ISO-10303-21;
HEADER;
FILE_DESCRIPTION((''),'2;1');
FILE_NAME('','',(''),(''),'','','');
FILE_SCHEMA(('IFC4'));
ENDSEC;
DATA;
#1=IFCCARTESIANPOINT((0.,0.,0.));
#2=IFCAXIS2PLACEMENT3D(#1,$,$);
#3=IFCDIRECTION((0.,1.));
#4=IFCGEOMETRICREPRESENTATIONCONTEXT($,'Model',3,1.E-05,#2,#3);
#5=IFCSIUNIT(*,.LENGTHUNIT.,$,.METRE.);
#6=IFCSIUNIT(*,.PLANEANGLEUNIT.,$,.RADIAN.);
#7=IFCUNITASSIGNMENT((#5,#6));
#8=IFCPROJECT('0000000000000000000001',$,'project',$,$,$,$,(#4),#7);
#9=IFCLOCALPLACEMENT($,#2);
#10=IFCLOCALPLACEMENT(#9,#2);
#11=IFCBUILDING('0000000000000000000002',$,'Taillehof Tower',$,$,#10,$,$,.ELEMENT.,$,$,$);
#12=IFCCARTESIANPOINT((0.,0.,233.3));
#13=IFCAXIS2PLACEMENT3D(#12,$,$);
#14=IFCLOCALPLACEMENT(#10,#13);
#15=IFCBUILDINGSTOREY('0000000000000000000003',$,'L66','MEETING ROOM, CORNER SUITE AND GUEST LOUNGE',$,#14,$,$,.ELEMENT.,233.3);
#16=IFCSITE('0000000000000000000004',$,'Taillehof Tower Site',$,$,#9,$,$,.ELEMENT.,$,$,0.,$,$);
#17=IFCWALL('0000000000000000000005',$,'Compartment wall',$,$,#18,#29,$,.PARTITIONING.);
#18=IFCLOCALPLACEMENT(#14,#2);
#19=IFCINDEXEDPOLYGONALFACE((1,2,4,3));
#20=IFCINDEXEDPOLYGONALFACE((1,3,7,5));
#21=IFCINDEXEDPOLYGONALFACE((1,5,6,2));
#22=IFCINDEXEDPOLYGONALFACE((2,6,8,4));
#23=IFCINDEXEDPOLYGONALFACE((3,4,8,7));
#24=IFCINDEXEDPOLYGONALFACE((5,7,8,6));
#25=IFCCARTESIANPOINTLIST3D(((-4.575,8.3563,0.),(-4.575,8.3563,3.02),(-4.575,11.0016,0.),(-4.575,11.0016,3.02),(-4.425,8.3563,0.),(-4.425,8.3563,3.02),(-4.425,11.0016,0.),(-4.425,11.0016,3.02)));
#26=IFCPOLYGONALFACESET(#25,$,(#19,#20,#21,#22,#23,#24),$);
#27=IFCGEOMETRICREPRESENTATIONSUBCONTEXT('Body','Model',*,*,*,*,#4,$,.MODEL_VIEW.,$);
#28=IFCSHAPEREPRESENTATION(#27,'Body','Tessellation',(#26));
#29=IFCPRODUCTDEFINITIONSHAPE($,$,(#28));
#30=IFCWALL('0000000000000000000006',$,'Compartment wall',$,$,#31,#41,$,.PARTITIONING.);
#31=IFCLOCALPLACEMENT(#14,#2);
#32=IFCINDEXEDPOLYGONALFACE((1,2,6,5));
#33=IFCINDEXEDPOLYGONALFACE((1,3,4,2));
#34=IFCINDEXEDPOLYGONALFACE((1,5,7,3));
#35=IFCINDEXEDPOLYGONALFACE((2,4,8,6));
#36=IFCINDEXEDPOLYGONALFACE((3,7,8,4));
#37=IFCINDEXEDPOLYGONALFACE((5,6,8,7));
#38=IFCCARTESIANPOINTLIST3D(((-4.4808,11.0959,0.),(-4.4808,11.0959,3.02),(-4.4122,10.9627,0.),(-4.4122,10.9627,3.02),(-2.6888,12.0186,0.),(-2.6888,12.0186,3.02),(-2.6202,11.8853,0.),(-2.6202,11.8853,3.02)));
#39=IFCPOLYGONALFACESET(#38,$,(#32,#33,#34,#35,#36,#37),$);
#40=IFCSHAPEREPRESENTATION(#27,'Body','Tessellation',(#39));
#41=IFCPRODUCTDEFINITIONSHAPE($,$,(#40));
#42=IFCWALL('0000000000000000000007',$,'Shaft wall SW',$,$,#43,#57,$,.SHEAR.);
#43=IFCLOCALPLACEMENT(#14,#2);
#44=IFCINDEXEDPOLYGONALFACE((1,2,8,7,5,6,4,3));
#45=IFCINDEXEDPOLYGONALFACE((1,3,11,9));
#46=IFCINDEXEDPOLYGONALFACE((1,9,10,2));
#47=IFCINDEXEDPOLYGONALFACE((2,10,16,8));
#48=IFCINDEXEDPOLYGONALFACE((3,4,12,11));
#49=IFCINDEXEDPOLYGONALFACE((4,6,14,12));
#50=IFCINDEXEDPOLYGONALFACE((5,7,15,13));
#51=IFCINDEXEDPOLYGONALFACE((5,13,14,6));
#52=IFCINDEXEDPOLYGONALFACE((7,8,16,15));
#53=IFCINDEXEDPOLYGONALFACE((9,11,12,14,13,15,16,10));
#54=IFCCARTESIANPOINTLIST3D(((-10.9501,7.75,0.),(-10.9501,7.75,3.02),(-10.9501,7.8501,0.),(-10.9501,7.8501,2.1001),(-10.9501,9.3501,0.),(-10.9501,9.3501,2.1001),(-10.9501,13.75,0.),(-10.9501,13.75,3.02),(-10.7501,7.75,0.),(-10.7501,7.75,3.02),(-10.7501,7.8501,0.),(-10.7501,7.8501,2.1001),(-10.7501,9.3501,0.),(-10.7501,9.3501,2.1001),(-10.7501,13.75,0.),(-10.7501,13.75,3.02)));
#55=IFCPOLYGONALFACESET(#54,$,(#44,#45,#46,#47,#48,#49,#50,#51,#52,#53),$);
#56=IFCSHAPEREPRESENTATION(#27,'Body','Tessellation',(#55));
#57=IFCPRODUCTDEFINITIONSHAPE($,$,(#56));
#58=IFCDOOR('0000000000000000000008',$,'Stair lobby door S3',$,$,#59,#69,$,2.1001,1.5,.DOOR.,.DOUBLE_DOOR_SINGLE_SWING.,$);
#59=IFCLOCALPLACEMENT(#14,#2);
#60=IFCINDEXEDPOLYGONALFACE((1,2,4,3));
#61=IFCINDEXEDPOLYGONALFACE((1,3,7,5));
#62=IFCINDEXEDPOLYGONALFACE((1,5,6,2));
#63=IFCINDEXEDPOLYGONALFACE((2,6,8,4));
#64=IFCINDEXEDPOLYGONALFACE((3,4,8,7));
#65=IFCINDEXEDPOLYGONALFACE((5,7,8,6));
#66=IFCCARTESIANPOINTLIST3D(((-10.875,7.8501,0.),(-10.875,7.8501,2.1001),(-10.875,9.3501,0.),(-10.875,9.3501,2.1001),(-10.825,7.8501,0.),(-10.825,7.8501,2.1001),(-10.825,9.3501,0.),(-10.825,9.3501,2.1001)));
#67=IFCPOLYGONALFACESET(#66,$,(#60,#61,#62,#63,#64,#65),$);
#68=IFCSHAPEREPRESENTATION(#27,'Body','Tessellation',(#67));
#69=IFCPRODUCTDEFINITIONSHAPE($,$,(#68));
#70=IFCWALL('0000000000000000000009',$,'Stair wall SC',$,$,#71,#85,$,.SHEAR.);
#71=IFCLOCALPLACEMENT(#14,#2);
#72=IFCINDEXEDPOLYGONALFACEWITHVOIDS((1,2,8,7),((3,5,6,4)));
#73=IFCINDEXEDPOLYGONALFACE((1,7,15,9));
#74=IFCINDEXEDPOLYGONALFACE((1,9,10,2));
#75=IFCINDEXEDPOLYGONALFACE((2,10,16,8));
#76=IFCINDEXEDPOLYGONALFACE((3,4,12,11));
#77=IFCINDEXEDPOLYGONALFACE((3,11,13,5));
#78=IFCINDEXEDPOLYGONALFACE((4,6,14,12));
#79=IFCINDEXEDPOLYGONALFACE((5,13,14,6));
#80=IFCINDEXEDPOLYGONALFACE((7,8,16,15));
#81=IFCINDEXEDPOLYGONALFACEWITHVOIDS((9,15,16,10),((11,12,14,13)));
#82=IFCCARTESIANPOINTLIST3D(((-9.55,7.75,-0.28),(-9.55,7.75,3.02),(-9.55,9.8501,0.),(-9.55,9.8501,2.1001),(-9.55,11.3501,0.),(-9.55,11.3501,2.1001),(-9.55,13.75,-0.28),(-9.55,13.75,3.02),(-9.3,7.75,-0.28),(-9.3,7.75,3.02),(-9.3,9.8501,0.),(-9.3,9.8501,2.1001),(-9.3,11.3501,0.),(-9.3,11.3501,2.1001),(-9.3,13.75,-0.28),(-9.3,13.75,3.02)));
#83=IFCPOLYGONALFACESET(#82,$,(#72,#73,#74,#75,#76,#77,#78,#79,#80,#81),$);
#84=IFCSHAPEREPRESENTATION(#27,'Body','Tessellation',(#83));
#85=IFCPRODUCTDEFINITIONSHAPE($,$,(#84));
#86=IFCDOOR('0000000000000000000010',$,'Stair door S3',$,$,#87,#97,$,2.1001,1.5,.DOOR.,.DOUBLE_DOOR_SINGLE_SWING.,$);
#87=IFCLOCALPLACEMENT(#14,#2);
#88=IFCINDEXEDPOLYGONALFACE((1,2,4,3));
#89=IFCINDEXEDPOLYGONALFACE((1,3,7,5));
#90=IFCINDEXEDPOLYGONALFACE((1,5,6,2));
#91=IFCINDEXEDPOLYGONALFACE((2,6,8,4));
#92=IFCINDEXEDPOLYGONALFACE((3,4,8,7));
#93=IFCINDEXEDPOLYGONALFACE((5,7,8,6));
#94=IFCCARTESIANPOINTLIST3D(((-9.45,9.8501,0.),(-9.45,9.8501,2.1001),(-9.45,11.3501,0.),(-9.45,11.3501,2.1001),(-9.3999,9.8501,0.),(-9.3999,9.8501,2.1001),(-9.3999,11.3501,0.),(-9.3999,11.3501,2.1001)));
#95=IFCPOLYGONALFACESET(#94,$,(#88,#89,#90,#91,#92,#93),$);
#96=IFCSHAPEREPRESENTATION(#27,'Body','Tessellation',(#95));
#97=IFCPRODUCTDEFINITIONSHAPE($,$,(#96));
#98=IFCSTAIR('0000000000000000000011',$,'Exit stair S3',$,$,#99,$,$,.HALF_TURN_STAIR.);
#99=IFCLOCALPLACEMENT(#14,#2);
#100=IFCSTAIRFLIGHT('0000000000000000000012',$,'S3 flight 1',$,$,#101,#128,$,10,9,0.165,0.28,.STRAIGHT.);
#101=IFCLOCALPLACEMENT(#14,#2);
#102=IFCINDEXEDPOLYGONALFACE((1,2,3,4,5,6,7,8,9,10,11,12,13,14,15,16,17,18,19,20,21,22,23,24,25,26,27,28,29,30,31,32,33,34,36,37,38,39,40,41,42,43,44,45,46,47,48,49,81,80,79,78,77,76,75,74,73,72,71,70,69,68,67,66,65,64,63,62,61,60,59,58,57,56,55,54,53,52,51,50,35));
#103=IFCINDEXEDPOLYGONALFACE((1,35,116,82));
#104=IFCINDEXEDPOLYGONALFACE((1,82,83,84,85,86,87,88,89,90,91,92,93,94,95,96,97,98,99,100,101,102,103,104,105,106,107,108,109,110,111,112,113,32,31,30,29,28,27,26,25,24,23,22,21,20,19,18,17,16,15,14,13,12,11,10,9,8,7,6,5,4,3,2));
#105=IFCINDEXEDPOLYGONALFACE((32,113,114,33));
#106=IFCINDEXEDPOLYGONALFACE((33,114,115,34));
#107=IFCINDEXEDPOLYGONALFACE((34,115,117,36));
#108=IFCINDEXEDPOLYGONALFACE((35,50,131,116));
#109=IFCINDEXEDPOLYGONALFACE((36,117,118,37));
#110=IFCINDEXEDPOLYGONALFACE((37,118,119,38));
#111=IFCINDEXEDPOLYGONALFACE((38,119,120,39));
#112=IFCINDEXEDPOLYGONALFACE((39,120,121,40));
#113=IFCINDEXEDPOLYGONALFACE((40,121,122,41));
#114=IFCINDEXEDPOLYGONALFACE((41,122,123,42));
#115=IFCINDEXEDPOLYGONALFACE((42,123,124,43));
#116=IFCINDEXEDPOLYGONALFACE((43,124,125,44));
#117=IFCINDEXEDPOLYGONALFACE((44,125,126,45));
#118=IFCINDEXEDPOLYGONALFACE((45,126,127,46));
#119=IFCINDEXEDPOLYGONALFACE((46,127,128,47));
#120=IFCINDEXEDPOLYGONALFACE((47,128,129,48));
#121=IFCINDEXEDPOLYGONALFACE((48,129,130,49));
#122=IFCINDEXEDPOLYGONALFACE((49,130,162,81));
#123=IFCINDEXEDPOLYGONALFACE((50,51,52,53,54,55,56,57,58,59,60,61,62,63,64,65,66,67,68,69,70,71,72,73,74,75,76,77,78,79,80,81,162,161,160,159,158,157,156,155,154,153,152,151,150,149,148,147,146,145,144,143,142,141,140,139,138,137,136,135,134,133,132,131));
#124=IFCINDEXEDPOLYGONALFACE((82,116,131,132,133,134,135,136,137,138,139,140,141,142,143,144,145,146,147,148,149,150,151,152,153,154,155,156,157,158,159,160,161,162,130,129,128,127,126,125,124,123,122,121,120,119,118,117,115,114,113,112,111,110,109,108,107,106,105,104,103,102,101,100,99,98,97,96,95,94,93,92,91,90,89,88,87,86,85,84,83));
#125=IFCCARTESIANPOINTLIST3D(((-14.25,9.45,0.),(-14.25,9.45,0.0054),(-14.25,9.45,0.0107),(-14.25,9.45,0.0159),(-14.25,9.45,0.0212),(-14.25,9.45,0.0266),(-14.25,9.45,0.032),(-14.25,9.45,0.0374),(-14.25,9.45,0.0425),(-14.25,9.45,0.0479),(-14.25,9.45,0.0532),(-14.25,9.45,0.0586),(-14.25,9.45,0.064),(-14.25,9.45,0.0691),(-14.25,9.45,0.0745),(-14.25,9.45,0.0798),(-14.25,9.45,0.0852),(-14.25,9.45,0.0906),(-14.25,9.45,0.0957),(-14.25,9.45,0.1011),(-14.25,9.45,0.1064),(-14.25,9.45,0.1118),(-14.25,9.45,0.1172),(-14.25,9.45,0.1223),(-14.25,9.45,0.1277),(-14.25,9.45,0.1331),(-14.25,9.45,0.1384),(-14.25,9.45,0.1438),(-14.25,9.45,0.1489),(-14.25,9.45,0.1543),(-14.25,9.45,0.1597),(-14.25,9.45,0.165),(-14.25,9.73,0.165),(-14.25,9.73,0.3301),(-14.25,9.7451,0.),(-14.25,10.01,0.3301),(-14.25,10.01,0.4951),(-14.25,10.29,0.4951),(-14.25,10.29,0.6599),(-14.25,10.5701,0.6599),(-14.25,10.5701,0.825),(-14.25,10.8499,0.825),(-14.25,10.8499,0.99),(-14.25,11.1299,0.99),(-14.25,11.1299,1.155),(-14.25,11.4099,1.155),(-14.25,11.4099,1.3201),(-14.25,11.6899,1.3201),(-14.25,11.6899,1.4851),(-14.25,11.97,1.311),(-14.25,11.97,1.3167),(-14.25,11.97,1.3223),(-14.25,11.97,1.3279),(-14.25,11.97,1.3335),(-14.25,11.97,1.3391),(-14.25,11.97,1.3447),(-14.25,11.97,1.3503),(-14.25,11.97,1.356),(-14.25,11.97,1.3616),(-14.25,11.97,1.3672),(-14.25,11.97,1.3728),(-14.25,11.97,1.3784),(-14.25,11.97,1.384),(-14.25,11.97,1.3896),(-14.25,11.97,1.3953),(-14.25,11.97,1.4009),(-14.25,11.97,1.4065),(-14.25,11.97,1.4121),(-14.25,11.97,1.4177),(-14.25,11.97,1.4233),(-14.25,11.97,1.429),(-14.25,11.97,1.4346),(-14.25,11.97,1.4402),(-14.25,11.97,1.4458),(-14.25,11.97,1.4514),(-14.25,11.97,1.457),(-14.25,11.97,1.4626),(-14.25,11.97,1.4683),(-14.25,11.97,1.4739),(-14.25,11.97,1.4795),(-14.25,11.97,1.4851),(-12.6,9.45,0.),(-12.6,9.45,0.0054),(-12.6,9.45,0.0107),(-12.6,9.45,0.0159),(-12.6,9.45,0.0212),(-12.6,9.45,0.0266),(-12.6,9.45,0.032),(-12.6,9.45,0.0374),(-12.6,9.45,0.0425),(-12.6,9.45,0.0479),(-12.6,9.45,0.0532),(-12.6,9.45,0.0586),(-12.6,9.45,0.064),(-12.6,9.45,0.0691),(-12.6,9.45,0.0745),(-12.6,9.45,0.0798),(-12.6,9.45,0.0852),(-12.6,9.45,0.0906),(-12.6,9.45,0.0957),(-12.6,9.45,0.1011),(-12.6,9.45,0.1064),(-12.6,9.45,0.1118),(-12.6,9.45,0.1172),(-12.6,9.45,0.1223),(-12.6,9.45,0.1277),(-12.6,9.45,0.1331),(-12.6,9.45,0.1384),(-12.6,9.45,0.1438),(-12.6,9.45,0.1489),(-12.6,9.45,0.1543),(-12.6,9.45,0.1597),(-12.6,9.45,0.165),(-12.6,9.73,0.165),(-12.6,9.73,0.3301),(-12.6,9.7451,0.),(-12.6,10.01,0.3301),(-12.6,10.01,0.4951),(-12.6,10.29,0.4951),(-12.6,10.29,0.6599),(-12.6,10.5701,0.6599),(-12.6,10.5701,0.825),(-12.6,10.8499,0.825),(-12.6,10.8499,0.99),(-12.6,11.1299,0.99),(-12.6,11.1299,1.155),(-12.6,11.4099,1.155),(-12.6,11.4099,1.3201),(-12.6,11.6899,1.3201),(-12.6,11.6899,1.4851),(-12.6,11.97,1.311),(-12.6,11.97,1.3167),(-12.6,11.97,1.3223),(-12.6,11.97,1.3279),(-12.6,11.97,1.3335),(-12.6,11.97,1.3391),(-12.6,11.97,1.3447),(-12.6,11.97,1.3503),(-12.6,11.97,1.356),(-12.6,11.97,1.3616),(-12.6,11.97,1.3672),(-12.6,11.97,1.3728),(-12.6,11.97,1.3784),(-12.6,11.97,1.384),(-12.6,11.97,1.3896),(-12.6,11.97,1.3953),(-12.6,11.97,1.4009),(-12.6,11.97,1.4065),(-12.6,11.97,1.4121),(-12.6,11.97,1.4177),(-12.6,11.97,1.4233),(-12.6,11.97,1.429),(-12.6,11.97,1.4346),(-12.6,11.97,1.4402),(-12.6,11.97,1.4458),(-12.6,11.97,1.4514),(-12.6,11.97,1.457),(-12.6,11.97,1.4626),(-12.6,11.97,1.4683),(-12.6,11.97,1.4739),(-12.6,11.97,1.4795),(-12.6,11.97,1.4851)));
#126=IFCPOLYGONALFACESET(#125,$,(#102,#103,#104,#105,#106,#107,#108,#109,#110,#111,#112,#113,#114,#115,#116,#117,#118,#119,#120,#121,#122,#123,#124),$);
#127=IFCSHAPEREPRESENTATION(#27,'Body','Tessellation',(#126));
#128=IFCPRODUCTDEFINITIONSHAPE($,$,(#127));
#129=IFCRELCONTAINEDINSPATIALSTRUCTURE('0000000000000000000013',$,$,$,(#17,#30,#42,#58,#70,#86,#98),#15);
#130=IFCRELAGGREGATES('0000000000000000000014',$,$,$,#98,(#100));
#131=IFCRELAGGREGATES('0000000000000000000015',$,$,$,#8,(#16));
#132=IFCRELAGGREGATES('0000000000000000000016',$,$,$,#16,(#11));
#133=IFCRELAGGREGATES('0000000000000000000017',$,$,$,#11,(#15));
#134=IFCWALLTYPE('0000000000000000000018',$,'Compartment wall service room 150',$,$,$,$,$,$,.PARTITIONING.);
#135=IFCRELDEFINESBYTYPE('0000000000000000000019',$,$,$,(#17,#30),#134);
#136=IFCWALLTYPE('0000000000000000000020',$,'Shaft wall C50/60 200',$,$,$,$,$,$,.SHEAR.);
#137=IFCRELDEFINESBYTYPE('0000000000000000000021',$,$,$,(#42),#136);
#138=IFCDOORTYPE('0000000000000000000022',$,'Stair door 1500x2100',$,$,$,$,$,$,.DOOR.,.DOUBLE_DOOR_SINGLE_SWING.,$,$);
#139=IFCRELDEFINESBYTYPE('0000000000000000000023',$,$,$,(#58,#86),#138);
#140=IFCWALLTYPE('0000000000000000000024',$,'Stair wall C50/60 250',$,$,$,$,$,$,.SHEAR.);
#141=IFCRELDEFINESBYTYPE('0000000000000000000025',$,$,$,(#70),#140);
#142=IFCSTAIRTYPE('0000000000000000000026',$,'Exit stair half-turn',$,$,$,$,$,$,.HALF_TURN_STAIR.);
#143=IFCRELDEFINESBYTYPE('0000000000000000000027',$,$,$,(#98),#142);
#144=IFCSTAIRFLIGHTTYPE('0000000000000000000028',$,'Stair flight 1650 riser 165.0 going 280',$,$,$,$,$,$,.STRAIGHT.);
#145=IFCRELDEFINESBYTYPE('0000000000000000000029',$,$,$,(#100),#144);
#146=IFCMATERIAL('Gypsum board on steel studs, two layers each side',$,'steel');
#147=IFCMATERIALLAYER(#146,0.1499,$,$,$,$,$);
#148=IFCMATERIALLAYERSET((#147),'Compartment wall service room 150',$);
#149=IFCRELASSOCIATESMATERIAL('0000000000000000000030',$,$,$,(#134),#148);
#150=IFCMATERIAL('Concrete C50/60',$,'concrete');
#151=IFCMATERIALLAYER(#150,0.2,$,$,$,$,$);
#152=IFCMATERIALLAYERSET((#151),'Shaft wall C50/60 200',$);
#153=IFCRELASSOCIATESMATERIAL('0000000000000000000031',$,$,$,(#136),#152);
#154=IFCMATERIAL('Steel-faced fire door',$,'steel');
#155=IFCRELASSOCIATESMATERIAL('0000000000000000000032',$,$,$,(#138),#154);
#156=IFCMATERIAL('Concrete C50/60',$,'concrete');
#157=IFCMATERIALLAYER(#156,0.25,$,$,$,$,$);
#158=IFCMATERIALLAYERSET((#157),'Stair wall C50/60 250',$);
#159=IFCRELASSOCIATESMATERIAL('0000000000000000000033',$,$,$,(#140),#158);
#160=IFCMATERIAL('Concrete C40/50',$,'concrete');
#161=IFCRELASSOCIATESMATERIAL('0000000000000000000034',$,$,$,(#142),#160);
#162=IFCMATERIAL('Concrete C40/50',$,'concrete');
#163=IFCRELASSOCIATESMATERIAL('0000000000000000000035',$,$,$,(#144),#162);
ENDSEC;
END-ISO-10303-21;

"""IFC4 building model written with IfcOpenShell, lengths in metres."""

from ifc_helpers import new_model, si_unit, direction, frame, frame_2d, origin, place, context, subcontext, project, spatial, polyline, rectangle, outline, extrude, material, layer, layer_set, type_object, element, fill, aggregate, save


model = new_model("IFC4")

# Units and contexts
model_context = context("Model", 3, precision=1e-05, world=origin(), true_north=direction((0.0, 1.0)))
body_context = subcontext(model_context, "Body", "Model", "MODEL_VIEW")
ifc_project = project(units=[si_unit("LENGTHUNIT", "METRE"), si_unit("PLANEANGLEUNIT", "RADIAN")], contexts=[model_context])

# Site, building, storey
site_placement = place(None, origin())
site = spatial("IfcSite", under=ifc_project, at=site_placement, Name="Taillehof Tower Site", CompositionType="ELEMENT", RefElevation=0.0)
building_placement = place(site_placement, origin())
building = spatial("IfcBuilding", under=site, at=building_placement, Name="Taillehof Tower", CompositionType="ELEMENT")
storey_placement = place(building_placement, frame((0.0, 0.0, 233.3)))
storey = spatial("IfcBuildingStorey", under=building, at=storey_placement, Name="L66", Description="MEETING ROOM, CORNER SUITE AND GUEST LOUNGE", CompositionType="ELEMENT", Elevation=233.3)

# Shared definitions
ifc_material_1 = material(Name="Gypsum board on steel studs, two layers each side", Category="steel")
ifc_layer_1 = layer(ifc_material_1, 0.1499)
ifc_layer_set_1 = layer_set([ifc_layer_1], Name="Compartment wall service room 150")
wall_type_1 = type_object("IfcWallType", Name="Compartment wall service room 150", PredefinedType="PARTITIONING", material=ifc_layer_set_1)

# Walls
wall_1_placement = place(storey_placement, frame((-4.5, 8.3562, 0.0), z_axis=(0.0, 0.0, 1.0), x_axis=(0.0, 1.0, 0.0)))
element("IfcWall", 1, at=wall_1_placement, inside=storey, type_object=wall_type_1, Name="Compartment wall", PredefinedType="PARTITIONING", context=body_context, shape_type="SweptSolid", body=[
    extrude(rectangle(XDim=2.6453, YDim=0.1499, at=frame_2d((1.3228, 0.0))), origin(), (0.0, 0.0, 1.0), 3.02),
])
wall_2_placement = place(storey_placement, frame((-4.4465, 11.0293, 0.0), z_axis=(0.0, 0.0, 1.0), x_axis=(0.889084, 0.457745, 0.0)))
element("IfcWall", 2, at=wall_2_placement, inside=storey, type_object=wall_type_1, Name="Compartment wall", PredefinedType="PARTITIONING", context=body_context, shape_type="SweptSolid", body=[
    extrude(rectangle(XDim=2.0156, YDim=0.1499, at=frame_2d((1.0078, 0.0))), origin(), (0.0, 0.0, 1.0), 3.02),
])

# Walls, openings, doors
ifc_material_2 = material(Name="Concrete C50/60", Category="concrete")
ifc_layer_2 = layer(ifc_material_2, 0.2)
ifc_layer_set_2 = layer_set([ifc_layer_2], Name="Shaft wall C50/60 200")
wall_type_2 = type_object("IfcWallType", Name="Shaft wall C50/60 200", PredefinedType="SHEAR", material=ifc_layer_set_2)
wall_3_placement = place(storey_placement, frame((-10.8501, 7.75, 0.0), z_axis=(0.0, 0.0, 1.0), x_axis=(0.0, 1.0, 0.0)))
wall_3 = element("IfcWall", 3, at=wall_3_placement, inside=storey, type_object=wall_type_2, Name="Shaft wall SW", PredefinedType="SHEAR", context=body_context, shape_type="SweptSolid", body=[
    extrude(rectangle(XDim=6.0, YDim=0.2, at=frame_2d((3.0, 0.0))), origin(), (0.0, 0.0, 1.0), 3.02),
])
opening_1_placement = place(wall_3_placement, frame((0.1001, 0.0, 0.0)))
opening_1 = element("IfcOpeningElement", 4, at=opening_1_placement, cuts=wall_3, PredefinedType="OPENING", context=body_context, shape_type="SweptSolid", body=[
    extrude(rectangle(XDim=1.5, YDim=2.1001, at=frame_2d((0.75, 1.05))), frame((0.0, 0.1099, 0.0), z_axis=(0.0, -1.0, 0.0), x_axis=(1.0, 0.0, 0.0)), (0.0, 0.0, 1.0), 0.22),
])
ifc_material_3 = material(Name="Steel-faced fire door", Category="steel")
door_type_1 = type_object("IfcDoorType", Name="Stair door 1500x2100", OperationType="DOUBLE_DOOR_SINGLE_SWING", PredefinedType="DOOR", material=ifc_material_3)
door_1_placement = place(opening_1_placement, origin())
door_1 = element("IfcDoor", 5, at=door_1_placement, inside=storey, type_object=door_type_1, Name="Stair lobby door S3", OperationType="DOUBLE_DOOR_SINGLE_SWING", OverallHeight=2.1001, OverallWidth=1.5, PredefinedType="DOOR", context=body_context, shape_type="SweptSolid", body=[
    extrude(rectangle(XDim=1.5, YDim=2.1001, at=frame_2d((0.75, 1.05))), frame((0.0, 0.0249, 0.0), z_axis=(0.0, -1.0, 0.0), x_axis=(1.0, 0.0, 0.0)), (0.0, 0.0, 1.0), 0.05),
])
fill(opening_1, door_1)
ifc_material_4 = material(Name="Concrete C50/60", Category="concrete")
ifc_layer_3 = layer(ifc_material_4, 0.25)
ifc_layer_set_3 = layer_set([ifc_layer_3], Name="Stair wall C50/60 250")
wall_type_3 = type_object("IfcWallType", Name="Stair wall C50/60 250", PredefinedType="SHEAR", material=ifc_layer_set_3)
wall_4_placement = place(storey_placement, frame((-9.425, 7.75, -0.28), z_axis=(0.0, 0.0, 1.0), x_axis=(0.0, 1.0, 0.0)))
wall_4 = element("IfcWall", 6, at=wall_4_placement, inside=storey, type_object=wall_type_3, Name="Stair wall SC", PredefinedType="SHEAR", context=body_context, shape_type="SweptSolid", body=[
    extrude(rectangle(XDim=6.0, YDim=0.25, at=frame_2d((3.0, 0.0))), origin(), (0.0, 0.0, 1.0), 3.3),
])
opening_2_placement = place(wall_4_placement, frame((2.1001, 0.0, 0.28)))
opening_2 = element("IfcOpeningElement", 7, at=opening_2_placement, cuts=wall_4, PredefinedType="OPENING", context=body_context, shape_type="SweptSolid", body=[
    extrude(rectangle(XDim=1.5, YDim=2.1001, at=frame_2d((0.75, 1.05))), frame((0.0, 0.135, 0.0), z_axis=(0.0, -1.0, 0.0), x_axis=(1.0, 0.0, 0.0)), (0.0, 0.0, 1.0), 0.27),
])
door_2_placement = place(opening_2_placement, origin())
door_2 = element("IfcDoor", 8, at=door_2_placement, inside=storey, type_object=door_type_1, Name="Stair door S3", OperationType="DOUBLE_DOOR_SINGLE_SWING", OverallHeight=2.1001, OverallWidth=1.5, PredefinedType="DOOR", context=body_context, shape_type="SweptSolid", body=[
    extrude(rectangle(XDim=1.5, YDim=2.1001, at=frame_2d((0.75, 1.05))), frame((0.0, 0.0249, 0.0), z_axis=(0.0, -1.0, 0.0), x_axis=(1.0, 0.0, 0.0)), (0.0, 0.0, 1.0), 0.05),
])
fill(opening_2, door_2)

# Stair, stair flight
ifc_material_5 = material(Name="Concrete C40/50", Category="concrete")
stair_type = type_object("IfcStairType", Name="Exit stair half-turn", PredefinedType="HALF_TURN_STAIR", material=ifc_material_5)
stair_placement = place(storey_placement, origin())
stair = element("IfcStair", 9, at=stair_placement, inside=storey, type_object=stair_type, Name="Exit stair S3", PredefinedType="HALF_TURN_STAIR")
ifc_material_6 = material(Name="Concrete C40/50", Category="concrete")
stair_flight_type = type_object("IfcStairFlightType", Name="Stair flight 1650 riser 165.0 going 280", PredefinedType="STRAIGHT", material=ifc_material_6)
stair_flight_1_placement = place(storey_placement, frame((-13.425, 9.45, 0.0), z_axis=(0.0, 0.0, 1.0), x_axis=(0.0, 1.0, 0.0)))
stair_flight_1 = element("IfcStairFlight", 10, at=stair_flight_1_placement, type_object=stair_flight_type, Name="S3 flight 1", NumberOfRisers=10, NumberOfTreads=9, PredefinedType="STRAIGHT", RiserHeight=0.165, TreadLength=0.28, context=body_context, shape_type="SweptSolid", body=[
    extrude(outline(polyline([(0.0, 0.0), (0.0, 0.0054), (0.0, 0.0107), (0.0, 0.0159), (0.0, 0.0212), (0.0, 0.0266), (0.0, 0.032), (0.0, 0.0374), (0.0, 0.0425), (0.0, 0.0479), (0.0, 0.0532), (0.0, 0.0586), (0.0, 0.064), (0.0, 0.0691), (0.0, 0.0745), (0.0, 0.0798), (0.0, 0.0852), (0.0, 0.0906), (0.0, 0.0957), (0.0, 0.1011), (0.0, 0.1064), (0.0, 0.1118), (0.0, 0.1172), (0.0, 0.1223), (0.0, 0.1277), (0.0, 0.1331), (0.0, 0.1384), (0.0, 0.1438), (0.0, 0.1489), (0.0, 0.1543), (0.0, 0.1597), (0.0, 0.165), (0.28, 0.165), (0.28, 0.3301), (0.5601, 0.3301), (0.5601, 0.4951), (0.8401, 0.4951), (0.8401, 0.6599), (1.1201, 0.6599), (1.1201, 0.825), (1.3999, 0.825), (1.3999, 0.99), (1.6799, 0.99), (1.6799, 1.155), (1.96, 1.155), (1.96, 1.3201), (2.24, 1.3201), (2.24, 1.4851), (2.52, 1.4851), (2.52, 1.4795), (2.52, 1.4739), (2.52, 1.4683), (2.52, 1.4626), (2.52, 1.457), (2.52, 1.4514), (2.52, 1.4458), (2.52, 1.4402), (2.52, 1.4346), (2.52, 1.429), (2.52, 1.4233), (2.52, 1.4177), (2.52, 1.4121), (2.52, 1.4065), (2.52, 1.4009), (2.52, 1.3953), (2.52, 1.3896), (2.52, 1.384), (2.52, 1.3784), (2.52, 1.3728), (2.52, 1.3672), (2.52, 1.3616), (2.52, 1.356), (2.52, 1.3503), (2.52, 1.3447), (2.52, 1.3391), (2.52, 1.3335), (2.52, 1.3279), (2.52, 1.3223), (2.52, 1.3167), (2.52, 1.311), (0.2952, 0.0), (0.0, 0.0)])), frame((0.0, 0.825, 0.0), z_axis=(0.0, -1.0, 0.0), x_axis=(1.0, 0.0, 0.0)), (0.0, 0.0, 1.0), 1.65),
])
aggregate(stair, [stair_flight_1])

save(model, "model.ifc")
